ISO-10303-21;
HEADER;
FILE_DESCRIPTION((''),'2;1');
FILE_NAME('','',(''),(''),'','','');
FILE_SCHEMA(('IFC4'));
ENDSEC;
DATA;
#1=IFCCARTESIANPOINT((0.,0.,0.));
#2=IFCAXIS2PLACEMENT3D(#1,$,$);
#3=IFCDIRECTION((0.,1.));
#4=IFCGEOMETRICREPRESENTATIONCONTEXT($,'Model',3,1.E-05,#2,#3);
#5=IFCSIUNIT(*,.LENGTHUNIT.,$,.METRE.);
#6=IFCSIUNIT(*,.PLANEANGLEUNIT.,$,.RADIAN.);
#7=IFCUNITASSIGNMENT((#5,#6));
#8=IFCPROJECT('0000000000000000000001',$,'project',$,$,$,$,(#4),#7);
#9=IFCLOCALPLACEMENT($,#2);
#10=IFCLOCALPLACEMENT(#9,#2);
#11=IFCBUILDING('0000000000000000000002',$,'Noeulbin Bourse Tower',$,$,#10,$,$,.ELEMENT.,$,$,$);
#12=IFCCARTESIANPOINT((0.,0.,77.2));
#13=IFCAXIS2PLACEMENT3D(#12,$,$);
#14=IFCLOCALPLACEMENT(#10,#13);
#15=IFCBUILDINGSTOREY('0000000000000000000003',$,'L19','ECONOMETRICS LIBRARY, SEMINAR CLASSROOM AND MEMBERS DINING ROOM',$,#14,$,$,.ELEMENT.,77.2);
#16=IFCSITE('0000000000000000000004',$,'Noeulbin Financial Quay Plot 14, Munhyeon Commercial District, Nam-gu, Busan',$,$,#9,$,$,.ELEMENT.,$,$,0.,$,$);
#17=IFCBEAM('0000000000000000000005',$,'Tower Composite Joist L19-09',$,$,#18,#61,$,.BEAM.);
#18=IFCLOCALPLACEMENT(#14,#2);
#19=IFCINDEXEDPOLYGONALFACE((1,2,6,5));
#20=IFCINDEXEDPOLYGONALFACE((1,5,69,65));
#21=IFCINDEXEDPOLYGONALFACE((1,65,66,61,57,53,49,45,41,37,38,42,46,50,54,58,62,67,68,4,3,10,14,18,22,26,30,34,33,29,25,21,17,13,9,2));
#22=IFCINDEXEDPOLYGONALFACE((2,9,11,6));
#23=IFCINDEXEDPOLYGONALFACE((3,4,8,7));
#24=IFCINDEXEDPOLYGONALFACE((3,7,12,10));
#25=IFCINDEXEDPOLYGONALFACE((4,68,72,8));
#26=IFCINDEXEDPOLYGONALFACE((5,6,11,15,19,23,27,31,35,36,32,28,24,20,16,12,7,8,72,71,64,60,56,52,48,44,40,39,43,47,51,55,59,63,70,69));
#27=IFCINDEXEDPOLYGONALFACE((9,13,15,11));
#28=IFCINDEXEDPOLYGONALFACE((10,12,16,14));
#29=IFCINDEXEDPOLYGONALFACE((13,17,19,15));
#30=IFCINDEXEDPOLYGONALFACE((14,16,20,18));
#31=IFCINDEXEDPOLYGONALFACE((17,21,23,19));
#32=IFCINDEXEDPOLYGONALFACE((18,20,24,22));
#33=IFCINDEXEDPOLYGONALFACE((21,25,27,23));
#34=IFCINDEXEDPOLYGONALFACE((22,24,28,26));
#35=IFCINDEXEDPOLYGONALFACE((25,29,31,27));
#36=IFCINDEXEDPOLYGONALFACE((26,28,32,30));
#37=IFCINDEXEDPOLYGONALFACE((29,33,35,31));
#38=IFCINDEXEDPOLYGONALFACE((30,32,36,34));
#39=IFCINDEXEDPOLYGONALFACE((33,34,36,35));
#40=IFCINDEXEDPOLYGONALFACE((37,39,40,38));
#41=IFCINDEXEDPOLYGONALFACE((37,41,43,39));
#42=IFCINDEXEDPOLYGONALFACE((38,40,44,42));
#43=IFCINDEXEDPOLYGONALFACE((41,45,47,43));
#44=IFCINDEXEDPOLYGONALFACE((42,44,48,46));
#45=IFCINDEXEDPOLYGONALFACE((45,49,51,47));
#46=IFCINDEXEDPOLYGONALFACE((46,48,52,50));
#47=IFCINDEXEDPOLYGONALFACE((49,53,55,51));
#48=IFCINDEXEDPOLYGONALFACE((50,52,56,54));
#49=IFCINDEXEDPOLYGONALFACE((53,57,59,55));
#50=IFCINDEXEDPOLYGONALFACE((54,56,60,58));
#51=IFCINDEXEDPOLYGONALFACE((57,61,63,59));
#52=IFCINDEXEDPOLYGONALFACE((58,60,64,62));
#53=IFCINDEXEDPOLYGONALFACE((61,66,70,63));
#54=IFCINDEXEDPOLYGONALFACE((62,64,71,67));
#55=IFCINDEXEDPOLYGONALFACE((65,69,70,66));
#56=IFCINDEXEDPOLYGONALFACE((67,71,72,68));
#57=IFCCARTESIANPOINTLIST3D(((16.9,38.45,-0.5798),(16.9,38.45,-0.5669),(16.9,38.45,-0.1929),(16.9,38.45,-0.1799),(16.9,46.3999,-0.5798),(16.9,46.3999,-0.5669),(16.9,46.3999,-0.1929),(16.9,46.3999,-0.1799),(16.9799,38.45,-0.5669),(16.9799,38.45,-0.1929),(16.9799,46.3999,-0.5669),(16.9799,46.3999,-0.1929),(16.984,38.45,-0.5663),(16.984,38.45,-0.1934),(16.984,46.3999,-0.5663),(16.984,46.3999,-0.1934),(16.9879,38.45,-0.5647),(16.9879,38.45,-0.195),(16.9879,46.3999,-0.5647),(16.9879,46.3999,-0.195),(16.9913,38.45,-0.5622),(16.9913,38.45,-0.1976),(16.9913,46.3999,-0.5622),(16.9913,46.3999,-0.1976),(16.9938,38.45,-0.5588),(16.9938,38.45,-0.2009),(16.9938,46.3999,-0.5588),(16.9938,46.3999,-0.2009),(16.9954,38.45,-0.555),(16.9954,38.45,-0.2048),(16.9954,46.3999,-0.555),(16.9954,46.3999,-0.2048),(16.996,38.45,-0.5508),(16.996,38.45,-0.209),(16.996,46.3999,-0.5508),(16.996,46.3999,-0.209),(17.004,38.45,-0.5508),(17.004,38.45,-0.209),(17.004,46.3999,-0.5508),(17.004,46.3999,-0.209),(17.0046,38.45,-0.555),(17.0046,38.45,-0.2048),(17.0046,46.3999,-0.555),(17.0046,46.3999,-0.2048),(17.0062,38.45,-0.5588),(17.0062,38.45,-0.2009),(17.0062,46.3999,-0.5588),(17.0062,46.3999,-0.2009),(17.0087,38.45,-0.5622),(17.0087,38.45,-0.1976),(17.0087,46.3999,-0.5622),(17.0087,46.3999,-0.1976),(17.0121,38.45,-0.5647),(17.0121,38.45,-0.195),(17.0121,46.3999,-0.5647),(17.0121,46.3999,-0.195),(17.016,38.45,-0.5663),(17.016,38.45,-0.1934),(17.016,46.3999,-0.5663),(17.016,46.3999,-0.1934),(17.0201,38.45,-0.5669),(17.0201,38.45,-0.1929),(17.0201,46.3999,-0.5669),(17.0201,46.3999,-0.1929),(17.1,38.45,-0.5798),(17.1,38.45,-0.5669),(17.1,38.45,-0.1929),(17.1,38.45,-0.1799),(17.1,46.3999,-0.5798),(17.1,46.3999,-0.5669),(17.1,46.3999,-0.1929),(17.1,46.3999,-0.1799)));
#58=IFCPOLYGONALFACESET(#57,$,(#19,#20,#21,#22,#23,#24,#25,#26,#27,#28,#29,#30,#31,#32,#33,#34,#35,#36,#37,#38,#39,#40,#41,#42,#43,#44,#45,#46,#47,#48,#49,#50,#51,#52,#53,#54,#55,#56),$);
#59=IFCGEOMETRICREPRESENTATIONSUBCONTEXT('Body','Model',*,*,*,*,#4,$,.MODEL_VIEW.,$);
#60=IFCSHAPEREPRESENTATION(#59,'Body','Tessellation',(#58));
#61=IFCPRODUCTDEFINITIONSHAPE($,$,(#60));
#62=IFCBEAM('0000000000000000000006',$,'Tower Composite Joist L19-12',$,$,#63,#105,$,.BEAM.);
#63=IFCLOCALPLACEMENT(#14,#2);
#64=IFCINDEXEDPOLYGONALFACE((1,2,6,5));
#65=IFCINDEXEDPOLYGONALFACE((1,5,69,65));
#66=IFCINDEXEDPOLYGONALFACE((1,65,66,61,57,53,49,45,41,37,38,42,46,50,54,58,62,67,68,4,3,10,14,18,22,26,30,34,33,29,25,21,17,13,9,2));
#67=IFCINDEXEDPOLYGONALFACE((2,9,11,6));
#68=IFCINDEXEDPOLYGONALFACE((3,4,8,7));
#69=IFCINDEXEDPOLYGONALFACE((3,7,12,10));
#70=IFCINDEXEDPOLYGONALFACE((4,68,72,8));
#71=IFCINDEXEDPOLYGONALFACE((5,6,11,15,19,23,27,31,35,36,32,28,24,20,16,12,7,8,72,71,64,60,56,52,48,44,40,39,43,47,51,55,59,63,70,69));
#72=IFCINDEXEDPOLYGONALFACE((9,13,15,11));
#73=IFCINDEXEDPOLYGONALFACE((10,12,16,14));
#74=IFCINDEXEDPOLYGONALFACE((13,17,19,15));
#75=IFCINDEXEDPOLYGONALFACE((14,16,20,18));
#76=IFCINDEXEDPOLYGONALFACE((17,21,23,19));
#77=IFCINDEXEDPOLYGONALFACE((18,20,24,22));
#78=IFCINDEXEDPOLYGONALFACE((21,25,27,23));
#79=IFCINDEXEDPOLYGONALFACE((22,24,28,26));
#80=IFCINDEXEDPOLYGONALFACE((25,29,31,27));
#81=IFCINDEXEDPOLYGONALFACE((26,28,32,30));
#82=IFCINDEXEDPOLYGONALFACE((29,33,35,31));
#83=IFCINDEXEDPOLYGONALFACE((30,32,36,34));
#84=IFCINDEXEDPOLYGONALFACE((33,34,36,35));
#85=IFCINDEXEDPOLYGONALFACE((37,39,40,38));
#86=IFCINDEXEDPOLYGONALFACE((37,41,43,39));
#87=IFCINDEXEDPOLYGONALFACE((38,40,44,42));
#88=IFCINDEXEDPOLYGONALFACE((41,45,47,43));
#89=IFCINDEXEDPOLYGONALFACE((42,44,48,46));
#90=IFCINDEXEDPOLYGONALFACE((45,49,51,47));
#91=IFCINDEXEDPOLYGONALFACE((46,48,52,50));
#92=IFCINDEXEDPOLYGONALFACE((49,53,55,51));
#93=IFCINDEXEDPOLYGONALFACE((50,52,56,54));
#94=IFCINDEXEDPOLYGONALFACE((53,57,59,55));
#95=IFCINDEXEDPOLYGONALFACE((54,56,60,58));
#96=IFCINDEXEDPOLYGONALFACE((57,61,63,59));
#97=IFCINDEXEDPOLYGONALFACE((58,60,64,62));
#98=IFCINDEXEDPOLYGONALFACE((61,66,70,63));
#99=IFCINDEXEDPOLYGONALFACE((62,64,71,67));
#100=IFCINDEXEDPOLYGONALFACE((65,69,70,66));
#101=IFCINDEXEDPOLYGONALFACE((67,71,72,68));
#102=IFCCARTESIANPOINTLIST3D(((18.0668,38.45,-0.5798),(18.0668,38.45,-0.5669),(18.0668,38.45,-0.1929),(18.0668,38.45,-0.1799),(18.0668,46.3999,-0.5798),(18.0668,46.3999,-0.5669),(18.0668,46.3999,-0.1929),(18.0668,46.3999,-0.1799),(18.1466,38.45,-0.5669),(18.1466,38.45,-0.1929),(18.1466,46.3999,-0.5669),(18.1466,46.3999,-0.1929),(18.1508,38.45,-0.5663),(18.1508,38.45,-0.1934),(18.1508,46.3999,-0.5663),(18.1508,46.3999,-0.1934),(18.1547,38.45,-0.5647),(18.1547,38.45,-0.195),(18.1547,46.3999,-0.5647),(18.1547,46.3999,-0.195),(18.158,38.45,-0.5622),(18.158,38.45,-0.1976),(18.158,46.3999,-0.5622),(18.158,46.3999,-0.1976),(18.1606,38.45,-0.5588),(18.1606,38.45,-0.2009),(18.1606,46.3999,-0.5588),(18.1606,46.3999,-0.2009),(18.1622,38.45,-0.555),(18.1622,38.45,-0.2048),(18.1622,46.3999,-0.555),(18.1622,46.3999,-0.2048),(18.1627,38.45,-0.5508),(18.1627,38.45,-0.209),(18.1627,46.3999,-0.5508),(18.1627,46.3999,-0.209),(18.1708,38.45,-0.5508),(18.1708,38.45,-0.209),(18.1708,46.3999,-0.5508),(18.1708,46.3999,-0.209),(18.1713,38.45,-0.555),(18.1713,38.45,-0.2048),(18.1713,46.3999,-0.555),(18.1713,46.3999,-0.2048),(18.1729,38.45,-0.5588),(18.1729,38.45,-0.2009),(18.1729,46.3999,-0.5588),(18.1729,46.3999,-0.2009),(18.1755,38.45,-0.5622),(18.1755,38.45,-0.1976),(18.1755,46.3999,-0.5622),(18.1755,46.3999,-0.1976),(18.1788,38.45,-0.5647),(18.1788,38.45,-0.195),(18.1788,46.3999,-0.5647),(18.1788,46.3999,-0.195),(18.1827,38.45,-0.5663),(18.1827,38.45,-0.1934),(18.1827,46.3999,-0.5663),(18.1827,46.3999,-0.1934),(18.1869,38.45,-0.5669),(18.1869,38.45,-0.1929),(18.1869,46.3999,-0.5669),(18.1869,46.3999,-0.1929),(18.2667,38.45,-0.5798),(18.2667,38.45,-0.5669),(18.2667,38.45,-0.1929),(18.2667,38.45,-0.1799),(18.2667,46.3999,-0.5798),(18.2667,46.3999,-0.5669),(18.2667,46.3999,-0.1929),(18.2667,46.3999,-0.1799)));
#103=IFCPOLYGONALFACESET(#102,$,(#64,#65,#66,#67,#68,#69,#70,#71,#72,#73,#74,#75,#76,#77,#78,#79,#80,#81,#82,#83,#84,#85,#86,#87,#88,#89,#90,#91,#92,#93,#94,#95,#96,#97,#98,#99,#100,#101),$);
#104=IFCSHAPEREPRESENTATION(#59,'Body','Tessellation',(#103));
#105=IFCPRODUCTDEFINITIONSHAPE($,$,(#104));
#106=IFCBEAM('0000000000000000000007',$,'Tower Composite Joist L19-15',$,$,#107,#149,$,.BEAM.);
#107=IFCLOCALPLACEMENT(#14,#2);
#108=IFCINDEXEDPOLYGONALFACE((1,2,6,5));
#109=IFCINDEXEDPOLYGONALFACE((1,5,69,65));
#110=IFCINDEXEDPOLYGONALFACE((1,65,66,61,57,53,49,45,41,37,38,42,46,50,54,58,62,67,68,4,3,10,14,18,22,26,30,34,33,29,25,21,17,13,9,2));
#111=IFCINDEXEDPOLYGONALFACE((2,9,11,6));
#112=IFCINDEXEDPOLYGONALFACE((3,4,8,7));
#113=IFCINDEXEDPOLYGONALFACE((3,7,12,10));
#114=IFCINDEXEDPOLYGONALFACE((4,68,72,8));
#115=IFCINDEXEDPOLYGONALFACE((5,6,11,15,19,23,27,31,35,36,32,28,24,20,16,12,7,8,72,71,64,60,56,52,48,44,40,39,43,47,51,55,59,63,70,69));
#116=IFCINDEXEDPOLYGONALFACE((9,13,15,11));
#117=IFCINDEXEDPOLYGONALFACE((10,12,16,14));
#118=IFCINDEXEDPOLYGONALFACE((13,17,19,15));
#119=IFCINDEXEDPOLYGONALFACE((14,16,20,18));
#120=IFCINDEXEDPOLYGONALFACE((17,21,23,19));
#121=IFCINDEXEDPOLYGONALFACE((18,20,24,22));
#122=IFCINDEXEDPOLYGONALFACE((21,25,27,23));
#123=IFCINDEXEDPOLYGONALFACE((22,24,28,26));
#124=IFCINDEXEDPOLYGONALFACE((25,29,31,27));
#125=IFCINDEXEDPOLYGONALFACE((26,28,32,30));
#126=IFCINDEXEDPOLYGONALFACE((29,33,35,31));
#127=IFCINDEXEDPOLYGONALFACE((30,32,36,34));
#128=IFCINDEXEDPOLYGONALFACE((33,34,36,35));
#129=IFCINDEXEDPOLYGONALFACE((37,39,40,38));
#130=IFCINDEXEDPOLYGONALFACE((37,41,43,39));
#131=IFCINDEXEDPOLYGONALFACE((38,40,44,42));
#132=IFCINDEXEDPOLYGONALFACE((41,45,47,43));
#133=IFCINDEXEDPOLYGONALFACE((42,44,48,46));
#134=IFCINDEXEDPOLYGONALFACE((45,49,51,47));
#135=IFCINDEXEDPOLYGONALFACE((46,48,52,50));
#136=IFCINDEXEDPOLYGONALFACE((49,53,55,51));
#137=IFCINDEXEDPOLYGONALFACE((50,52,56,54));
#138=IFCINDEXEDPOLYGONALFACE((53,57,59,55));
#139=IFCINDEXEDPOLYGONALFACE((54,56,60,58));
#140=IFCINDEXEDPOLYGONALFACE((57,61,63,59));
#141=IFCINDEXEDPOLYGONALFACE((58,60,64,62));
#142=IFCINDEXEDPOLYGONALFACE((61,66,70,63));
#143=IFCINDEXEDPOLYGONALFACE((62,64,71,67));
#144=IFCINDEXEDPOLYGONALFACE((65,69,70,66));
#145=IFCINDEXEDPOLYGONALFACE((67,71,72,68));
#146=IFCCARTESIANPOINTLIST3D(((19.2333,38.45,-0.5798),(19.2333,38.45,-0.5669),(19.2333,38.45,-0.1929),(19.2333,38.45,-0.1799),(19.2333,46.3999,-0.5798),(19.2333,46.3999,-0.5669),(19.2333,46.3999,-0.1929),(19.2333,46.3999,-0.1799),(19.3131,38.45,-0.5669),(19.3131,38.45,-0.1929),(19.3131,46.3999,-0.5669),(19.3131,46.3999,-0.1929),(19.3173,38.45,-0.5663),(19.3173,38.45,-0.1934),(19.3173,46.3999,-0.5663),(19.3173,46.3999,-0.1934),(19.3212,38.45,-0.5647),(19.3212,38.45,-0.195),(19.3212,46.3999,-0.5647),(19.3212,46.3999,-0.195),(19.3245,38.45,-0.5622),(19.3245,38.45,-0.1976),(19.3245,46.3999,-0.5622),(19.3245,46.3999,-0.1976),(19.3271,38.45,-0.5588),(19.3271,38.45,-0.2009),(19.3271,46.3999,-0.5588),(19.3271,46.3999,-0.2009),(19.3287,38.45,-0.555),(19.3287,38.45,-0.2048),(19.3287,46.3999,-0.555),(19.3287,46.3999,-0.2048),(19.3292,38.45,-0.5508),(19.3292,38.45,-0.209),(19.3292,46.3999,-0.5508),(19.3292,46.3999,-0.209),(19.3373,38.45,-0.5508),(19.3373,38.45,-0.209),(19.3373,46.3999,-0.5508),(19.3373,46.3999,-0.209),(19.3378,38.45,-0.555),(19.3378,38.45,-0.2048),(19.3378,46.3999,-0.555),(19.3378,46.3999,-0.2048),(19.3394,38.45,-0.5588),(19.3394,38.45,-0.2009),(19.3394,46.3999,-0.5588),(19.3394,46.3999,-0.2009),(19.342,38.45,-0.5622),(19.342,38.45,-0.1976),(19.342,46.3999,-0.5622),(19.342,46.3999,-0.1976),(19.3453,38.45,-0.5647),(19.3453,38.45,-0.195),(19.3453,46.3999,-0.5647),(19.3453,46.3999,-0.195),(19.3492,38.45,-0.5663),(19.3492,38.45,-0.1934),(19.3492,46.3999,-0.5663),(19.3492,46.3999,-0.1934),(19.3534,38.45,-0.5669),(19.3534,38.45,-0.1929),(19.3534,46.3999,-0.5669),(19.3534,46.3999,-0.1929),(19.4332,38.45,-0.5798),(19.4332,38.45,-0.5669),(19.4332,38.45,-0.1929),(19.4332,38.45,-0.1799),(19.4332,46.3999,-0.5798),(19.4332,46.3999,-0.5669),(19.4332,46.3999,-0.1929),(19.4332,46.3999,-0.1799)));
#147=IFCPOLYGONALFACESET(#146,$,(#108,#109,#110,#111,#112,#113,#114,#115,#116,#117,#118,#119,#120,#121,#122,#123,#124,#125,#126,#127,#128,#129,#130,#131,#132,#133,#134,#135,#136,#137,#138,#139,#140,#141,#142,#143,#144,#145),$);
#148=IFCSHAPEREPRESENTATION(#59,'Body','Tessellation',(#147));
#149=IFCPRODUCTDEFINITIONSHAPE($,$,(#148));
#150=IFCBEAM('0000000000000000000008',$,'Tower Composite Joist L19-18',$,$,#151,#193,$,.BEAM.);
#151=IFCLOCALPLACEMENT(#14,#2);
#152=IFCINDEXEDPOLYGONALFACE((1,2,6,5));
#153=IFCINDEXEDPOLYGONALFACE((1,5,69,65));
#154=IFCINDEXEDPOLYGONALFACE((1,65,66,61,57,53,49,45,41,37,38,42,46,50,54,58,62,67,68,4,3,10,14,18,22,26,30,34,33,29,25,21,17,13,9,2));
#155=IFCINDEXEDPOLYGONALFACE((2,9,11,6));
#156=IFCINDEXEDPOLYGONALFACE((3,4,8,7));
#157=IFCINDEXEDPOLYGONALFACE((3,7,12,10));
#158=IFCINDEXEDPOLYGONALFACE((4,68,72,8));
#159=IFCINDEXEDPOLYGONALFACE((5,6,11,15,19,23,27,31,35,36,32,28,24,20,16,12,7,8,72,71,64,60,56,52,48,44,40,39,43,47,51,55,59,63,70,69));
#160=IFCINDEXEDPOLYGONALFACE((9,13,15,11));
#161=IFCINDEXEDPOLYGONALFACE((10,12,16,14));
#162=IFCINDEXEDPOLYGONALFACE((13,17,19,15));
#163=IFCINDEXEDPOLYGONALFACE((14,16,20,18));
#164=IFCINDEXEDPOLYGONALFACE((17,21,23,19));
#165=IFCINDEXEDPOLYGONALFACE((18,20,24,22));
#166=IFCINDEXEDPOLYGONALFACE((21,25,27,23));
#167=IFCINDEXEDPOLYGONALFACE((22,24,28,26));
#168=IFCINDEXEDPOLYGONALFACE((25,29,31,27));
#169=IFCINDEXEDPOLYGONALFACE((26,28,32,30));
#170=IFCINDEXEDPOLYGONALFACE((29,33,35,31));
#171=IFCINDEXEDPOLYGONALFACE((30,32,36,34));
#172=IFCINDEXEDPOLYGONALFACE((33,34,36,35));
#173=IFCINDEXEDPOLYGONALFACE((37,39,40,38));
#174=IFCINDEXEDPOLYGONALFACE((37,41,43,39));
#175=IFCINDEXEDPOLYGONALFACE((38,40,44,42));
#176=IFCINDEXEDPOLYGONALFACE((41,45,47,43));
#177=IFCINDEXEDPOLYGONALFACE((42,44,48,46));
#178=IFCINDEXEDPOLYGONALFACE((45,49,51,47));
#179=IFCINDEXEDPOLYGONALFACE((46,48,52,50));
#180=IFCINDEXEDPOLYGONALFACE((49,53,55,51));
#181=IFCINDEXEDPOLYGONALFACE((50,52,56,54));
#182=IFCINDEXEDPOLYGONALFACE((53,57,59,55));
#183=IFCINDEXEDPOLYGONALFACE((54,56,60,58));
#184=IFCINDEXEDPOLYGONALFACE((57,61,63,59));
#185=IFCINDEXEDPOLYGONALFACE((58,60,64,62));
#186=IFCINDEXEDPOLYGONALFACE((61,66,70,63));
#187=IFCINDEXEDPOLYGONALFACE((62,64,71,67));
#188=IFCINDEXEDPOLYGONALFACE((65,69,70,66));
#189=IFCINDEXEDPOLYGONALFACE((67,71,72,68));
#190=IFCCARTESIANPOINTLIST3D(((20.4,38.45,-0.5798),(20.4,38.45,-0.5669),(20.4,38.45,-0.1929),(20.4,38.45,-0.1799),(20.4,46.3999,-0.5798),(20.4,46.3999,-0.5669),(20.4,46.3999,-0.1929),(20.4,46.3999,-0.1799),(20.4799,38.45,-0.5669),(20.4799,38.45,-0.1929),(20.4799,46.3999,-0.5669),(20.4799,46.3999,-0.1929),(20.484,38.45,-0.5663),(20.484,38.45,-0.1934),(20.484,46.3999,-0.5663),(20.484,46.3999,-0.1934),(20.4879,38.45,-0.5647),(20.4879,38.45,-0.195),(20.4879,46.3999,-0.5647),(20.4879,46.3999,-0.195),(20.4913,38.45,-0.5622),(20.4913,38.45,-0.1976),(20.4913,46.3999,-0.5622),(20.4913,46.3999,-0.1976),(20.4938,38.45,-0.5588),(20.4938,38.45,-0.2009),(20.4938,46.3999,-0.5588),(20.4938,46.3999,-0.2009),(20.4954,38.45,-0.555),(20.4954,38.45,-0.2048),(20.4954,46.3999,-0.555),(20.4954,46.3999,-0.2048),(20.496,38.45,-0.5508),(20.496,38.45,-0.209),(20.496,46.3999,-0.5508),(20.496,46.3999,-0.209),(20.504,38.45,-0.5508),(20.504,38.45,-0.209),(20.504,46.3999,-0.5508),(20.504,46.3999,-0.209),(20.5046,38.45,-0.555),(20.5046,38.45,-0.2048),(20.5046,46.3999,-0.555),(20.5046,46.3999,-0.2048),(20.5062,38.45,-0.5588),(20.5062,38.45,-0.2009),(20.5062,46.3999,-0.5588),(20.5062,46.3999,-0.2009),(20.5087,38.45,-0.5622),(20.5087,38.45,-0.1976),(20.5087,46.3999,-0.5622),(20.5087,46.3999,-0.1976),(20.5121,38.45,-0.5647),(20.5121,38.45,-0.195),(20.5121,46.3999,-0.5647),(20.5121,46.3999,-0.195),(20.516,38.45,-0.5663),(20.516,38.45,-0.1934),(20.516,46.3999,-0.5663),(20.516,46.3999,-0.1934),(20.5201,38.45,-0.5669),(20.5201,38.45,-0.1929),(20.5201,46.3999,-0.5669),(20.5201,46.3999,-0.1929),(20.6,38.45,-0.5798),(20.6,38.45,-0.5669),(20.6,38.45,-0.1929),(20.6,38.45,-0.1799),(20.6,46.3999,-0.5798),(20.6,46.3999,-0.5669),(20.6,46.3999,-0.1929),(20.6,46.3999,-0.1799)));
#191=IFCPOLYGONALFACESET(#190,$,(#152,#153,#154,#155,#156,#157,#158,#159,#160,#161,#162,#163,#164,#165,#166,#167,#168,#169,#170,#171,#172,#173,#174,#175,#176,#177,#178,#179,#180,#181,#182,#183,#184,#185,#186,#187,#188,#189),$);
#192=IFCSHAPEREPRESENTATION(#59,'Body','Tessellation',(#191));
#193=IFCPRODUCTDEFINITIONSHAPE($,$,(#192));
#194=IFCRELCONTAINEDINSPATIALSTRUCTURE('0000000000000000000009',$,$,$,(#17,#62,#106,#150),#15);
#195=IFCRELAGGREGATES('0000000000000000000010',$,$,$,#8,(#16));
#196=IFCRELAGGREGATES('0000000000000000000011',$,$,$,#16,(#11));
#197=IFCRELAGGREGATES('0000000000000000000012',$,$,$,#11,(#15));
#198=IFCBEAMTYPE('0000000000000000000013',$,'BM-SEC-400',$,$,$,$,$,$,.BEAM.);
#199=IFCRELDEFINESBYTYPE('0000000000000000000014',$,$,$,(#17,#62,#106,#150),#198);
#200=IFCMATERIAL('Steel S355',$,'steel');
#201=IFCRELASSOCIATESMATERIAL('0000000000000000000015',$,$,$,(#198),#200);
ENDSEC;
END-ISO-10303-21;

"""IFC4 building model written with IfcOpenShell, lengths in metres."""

from ifc_helpers import new_model, si_unit, direction, frame, origin, origin_2d, place, context, subcontext, project, spatial, i_section, extrude, material, material_profile, profile_set, type_object, element, save


model = new_model("IFC4")

# Units and contexts
model_context = context("Model", 3, precision=1e-05, world=origin(), true_north=direction((0.0, 1.0)))
body_context = subcontext(model_context, "Body", "Model", "MODEL_VIEW")
ifc_project = project(units=[si_unit("LENGTHUNIT", "METRE"), si_unit("PLANEANGLEUNIT", "RADIAN")], contexts=[model_context])

# Site, building, storey
site_placement = place(None, origin())
site = spatial("IfcSite", under=ifc_project, at=site_placement, Name="Noeulbin Financial Quay Plot 14, Munhyeon Commercial District, Nam-gu, Busan", CompositionType="ELEMENT", RefElevation=0.0)
building_placement = place(site_placement, origin())
building = spatial("IfcBuilding", under=site, at=building_placement, Name="Noeulbin Bourse Tower", CompositionType="ELEMENT")
storey_placement = place(building_placement, frame((0.0, 0.0, 77.2)))
storey = spatial("IfcBuildingStorey", under=building, at=storey_placement, Name="L19", Description="ECONOMETRICS LIBRARY, SEMINAR CLASSROOM AND MEMBERS DINING ROOM", CompositionType="ELEMENT", Elevation=77.2)

# Beams
ifc_material_1 = material(Name="Steel S355", Category="steel")
ifc_material_profile_1 = material_profile(ifc_material_1, i_section(OverallWidth=0.2, OverallDepth=0.3999, WebThickness=0.0081, FlangeThickness=0.0129, FilletRadius=0.0161, at=origin_2d()), Name="H-400x200x8x13", Category="LoadBearing")
ifc_profile_set_1 = profile_set([ifc_material_profile_1], Name="Steel S355")
beam_type_1 = type_object("IfcBeamType", Name="BM-SEC-400", PredefinedType="BEAM", material=ifc_profile_set_1)
for number, where, z_axis, x_axis, name in (
    (1, (17.0, 38.45, -0.3799), (0.0, 1.0, 0.0), (-1.0, 0.0, 0.0), "Tower Composite Joist L19-09"),
    (2, (18.1667, 38.45, -0.3799), (0.0, 1.0, 0.0), (-1.0, 0.0, 0.0), "Tower Composite Joist L19-12"),
    (3, (19.3333, 38.45, -0.3799), (0.0, 1.0, 0.0), (-1.0, 0.0, 0.0), "Tower Composite Joist L19-15"),
    (4, (20.5, 38.45, -0.3799), (0.0, 1.0, 0.0), (-1.0, 0.0, 0.0), "Tower Composite Joist L19-18"),
):
    element("IfcBeam", number, at=place(storey_placement, frame(where, z_axis=z_axis, x_axis=x_axis)), inside=storey, type_object=beam_type_1, Name=name, PredefinedType="BEAM", context=body_context, shape_type="SweptSolid", body=[
        extrude(i_section(OverallWidth=0.2, OverallDepth=0.3999, WebThickness=0.0081, FlangeThickness=0.0129, FilletRadius=0.0161, at=origin_2d()), origin(), (0.0, 0.0, 1.0), 7.95),
    ])

save(model, "model.ifc")
